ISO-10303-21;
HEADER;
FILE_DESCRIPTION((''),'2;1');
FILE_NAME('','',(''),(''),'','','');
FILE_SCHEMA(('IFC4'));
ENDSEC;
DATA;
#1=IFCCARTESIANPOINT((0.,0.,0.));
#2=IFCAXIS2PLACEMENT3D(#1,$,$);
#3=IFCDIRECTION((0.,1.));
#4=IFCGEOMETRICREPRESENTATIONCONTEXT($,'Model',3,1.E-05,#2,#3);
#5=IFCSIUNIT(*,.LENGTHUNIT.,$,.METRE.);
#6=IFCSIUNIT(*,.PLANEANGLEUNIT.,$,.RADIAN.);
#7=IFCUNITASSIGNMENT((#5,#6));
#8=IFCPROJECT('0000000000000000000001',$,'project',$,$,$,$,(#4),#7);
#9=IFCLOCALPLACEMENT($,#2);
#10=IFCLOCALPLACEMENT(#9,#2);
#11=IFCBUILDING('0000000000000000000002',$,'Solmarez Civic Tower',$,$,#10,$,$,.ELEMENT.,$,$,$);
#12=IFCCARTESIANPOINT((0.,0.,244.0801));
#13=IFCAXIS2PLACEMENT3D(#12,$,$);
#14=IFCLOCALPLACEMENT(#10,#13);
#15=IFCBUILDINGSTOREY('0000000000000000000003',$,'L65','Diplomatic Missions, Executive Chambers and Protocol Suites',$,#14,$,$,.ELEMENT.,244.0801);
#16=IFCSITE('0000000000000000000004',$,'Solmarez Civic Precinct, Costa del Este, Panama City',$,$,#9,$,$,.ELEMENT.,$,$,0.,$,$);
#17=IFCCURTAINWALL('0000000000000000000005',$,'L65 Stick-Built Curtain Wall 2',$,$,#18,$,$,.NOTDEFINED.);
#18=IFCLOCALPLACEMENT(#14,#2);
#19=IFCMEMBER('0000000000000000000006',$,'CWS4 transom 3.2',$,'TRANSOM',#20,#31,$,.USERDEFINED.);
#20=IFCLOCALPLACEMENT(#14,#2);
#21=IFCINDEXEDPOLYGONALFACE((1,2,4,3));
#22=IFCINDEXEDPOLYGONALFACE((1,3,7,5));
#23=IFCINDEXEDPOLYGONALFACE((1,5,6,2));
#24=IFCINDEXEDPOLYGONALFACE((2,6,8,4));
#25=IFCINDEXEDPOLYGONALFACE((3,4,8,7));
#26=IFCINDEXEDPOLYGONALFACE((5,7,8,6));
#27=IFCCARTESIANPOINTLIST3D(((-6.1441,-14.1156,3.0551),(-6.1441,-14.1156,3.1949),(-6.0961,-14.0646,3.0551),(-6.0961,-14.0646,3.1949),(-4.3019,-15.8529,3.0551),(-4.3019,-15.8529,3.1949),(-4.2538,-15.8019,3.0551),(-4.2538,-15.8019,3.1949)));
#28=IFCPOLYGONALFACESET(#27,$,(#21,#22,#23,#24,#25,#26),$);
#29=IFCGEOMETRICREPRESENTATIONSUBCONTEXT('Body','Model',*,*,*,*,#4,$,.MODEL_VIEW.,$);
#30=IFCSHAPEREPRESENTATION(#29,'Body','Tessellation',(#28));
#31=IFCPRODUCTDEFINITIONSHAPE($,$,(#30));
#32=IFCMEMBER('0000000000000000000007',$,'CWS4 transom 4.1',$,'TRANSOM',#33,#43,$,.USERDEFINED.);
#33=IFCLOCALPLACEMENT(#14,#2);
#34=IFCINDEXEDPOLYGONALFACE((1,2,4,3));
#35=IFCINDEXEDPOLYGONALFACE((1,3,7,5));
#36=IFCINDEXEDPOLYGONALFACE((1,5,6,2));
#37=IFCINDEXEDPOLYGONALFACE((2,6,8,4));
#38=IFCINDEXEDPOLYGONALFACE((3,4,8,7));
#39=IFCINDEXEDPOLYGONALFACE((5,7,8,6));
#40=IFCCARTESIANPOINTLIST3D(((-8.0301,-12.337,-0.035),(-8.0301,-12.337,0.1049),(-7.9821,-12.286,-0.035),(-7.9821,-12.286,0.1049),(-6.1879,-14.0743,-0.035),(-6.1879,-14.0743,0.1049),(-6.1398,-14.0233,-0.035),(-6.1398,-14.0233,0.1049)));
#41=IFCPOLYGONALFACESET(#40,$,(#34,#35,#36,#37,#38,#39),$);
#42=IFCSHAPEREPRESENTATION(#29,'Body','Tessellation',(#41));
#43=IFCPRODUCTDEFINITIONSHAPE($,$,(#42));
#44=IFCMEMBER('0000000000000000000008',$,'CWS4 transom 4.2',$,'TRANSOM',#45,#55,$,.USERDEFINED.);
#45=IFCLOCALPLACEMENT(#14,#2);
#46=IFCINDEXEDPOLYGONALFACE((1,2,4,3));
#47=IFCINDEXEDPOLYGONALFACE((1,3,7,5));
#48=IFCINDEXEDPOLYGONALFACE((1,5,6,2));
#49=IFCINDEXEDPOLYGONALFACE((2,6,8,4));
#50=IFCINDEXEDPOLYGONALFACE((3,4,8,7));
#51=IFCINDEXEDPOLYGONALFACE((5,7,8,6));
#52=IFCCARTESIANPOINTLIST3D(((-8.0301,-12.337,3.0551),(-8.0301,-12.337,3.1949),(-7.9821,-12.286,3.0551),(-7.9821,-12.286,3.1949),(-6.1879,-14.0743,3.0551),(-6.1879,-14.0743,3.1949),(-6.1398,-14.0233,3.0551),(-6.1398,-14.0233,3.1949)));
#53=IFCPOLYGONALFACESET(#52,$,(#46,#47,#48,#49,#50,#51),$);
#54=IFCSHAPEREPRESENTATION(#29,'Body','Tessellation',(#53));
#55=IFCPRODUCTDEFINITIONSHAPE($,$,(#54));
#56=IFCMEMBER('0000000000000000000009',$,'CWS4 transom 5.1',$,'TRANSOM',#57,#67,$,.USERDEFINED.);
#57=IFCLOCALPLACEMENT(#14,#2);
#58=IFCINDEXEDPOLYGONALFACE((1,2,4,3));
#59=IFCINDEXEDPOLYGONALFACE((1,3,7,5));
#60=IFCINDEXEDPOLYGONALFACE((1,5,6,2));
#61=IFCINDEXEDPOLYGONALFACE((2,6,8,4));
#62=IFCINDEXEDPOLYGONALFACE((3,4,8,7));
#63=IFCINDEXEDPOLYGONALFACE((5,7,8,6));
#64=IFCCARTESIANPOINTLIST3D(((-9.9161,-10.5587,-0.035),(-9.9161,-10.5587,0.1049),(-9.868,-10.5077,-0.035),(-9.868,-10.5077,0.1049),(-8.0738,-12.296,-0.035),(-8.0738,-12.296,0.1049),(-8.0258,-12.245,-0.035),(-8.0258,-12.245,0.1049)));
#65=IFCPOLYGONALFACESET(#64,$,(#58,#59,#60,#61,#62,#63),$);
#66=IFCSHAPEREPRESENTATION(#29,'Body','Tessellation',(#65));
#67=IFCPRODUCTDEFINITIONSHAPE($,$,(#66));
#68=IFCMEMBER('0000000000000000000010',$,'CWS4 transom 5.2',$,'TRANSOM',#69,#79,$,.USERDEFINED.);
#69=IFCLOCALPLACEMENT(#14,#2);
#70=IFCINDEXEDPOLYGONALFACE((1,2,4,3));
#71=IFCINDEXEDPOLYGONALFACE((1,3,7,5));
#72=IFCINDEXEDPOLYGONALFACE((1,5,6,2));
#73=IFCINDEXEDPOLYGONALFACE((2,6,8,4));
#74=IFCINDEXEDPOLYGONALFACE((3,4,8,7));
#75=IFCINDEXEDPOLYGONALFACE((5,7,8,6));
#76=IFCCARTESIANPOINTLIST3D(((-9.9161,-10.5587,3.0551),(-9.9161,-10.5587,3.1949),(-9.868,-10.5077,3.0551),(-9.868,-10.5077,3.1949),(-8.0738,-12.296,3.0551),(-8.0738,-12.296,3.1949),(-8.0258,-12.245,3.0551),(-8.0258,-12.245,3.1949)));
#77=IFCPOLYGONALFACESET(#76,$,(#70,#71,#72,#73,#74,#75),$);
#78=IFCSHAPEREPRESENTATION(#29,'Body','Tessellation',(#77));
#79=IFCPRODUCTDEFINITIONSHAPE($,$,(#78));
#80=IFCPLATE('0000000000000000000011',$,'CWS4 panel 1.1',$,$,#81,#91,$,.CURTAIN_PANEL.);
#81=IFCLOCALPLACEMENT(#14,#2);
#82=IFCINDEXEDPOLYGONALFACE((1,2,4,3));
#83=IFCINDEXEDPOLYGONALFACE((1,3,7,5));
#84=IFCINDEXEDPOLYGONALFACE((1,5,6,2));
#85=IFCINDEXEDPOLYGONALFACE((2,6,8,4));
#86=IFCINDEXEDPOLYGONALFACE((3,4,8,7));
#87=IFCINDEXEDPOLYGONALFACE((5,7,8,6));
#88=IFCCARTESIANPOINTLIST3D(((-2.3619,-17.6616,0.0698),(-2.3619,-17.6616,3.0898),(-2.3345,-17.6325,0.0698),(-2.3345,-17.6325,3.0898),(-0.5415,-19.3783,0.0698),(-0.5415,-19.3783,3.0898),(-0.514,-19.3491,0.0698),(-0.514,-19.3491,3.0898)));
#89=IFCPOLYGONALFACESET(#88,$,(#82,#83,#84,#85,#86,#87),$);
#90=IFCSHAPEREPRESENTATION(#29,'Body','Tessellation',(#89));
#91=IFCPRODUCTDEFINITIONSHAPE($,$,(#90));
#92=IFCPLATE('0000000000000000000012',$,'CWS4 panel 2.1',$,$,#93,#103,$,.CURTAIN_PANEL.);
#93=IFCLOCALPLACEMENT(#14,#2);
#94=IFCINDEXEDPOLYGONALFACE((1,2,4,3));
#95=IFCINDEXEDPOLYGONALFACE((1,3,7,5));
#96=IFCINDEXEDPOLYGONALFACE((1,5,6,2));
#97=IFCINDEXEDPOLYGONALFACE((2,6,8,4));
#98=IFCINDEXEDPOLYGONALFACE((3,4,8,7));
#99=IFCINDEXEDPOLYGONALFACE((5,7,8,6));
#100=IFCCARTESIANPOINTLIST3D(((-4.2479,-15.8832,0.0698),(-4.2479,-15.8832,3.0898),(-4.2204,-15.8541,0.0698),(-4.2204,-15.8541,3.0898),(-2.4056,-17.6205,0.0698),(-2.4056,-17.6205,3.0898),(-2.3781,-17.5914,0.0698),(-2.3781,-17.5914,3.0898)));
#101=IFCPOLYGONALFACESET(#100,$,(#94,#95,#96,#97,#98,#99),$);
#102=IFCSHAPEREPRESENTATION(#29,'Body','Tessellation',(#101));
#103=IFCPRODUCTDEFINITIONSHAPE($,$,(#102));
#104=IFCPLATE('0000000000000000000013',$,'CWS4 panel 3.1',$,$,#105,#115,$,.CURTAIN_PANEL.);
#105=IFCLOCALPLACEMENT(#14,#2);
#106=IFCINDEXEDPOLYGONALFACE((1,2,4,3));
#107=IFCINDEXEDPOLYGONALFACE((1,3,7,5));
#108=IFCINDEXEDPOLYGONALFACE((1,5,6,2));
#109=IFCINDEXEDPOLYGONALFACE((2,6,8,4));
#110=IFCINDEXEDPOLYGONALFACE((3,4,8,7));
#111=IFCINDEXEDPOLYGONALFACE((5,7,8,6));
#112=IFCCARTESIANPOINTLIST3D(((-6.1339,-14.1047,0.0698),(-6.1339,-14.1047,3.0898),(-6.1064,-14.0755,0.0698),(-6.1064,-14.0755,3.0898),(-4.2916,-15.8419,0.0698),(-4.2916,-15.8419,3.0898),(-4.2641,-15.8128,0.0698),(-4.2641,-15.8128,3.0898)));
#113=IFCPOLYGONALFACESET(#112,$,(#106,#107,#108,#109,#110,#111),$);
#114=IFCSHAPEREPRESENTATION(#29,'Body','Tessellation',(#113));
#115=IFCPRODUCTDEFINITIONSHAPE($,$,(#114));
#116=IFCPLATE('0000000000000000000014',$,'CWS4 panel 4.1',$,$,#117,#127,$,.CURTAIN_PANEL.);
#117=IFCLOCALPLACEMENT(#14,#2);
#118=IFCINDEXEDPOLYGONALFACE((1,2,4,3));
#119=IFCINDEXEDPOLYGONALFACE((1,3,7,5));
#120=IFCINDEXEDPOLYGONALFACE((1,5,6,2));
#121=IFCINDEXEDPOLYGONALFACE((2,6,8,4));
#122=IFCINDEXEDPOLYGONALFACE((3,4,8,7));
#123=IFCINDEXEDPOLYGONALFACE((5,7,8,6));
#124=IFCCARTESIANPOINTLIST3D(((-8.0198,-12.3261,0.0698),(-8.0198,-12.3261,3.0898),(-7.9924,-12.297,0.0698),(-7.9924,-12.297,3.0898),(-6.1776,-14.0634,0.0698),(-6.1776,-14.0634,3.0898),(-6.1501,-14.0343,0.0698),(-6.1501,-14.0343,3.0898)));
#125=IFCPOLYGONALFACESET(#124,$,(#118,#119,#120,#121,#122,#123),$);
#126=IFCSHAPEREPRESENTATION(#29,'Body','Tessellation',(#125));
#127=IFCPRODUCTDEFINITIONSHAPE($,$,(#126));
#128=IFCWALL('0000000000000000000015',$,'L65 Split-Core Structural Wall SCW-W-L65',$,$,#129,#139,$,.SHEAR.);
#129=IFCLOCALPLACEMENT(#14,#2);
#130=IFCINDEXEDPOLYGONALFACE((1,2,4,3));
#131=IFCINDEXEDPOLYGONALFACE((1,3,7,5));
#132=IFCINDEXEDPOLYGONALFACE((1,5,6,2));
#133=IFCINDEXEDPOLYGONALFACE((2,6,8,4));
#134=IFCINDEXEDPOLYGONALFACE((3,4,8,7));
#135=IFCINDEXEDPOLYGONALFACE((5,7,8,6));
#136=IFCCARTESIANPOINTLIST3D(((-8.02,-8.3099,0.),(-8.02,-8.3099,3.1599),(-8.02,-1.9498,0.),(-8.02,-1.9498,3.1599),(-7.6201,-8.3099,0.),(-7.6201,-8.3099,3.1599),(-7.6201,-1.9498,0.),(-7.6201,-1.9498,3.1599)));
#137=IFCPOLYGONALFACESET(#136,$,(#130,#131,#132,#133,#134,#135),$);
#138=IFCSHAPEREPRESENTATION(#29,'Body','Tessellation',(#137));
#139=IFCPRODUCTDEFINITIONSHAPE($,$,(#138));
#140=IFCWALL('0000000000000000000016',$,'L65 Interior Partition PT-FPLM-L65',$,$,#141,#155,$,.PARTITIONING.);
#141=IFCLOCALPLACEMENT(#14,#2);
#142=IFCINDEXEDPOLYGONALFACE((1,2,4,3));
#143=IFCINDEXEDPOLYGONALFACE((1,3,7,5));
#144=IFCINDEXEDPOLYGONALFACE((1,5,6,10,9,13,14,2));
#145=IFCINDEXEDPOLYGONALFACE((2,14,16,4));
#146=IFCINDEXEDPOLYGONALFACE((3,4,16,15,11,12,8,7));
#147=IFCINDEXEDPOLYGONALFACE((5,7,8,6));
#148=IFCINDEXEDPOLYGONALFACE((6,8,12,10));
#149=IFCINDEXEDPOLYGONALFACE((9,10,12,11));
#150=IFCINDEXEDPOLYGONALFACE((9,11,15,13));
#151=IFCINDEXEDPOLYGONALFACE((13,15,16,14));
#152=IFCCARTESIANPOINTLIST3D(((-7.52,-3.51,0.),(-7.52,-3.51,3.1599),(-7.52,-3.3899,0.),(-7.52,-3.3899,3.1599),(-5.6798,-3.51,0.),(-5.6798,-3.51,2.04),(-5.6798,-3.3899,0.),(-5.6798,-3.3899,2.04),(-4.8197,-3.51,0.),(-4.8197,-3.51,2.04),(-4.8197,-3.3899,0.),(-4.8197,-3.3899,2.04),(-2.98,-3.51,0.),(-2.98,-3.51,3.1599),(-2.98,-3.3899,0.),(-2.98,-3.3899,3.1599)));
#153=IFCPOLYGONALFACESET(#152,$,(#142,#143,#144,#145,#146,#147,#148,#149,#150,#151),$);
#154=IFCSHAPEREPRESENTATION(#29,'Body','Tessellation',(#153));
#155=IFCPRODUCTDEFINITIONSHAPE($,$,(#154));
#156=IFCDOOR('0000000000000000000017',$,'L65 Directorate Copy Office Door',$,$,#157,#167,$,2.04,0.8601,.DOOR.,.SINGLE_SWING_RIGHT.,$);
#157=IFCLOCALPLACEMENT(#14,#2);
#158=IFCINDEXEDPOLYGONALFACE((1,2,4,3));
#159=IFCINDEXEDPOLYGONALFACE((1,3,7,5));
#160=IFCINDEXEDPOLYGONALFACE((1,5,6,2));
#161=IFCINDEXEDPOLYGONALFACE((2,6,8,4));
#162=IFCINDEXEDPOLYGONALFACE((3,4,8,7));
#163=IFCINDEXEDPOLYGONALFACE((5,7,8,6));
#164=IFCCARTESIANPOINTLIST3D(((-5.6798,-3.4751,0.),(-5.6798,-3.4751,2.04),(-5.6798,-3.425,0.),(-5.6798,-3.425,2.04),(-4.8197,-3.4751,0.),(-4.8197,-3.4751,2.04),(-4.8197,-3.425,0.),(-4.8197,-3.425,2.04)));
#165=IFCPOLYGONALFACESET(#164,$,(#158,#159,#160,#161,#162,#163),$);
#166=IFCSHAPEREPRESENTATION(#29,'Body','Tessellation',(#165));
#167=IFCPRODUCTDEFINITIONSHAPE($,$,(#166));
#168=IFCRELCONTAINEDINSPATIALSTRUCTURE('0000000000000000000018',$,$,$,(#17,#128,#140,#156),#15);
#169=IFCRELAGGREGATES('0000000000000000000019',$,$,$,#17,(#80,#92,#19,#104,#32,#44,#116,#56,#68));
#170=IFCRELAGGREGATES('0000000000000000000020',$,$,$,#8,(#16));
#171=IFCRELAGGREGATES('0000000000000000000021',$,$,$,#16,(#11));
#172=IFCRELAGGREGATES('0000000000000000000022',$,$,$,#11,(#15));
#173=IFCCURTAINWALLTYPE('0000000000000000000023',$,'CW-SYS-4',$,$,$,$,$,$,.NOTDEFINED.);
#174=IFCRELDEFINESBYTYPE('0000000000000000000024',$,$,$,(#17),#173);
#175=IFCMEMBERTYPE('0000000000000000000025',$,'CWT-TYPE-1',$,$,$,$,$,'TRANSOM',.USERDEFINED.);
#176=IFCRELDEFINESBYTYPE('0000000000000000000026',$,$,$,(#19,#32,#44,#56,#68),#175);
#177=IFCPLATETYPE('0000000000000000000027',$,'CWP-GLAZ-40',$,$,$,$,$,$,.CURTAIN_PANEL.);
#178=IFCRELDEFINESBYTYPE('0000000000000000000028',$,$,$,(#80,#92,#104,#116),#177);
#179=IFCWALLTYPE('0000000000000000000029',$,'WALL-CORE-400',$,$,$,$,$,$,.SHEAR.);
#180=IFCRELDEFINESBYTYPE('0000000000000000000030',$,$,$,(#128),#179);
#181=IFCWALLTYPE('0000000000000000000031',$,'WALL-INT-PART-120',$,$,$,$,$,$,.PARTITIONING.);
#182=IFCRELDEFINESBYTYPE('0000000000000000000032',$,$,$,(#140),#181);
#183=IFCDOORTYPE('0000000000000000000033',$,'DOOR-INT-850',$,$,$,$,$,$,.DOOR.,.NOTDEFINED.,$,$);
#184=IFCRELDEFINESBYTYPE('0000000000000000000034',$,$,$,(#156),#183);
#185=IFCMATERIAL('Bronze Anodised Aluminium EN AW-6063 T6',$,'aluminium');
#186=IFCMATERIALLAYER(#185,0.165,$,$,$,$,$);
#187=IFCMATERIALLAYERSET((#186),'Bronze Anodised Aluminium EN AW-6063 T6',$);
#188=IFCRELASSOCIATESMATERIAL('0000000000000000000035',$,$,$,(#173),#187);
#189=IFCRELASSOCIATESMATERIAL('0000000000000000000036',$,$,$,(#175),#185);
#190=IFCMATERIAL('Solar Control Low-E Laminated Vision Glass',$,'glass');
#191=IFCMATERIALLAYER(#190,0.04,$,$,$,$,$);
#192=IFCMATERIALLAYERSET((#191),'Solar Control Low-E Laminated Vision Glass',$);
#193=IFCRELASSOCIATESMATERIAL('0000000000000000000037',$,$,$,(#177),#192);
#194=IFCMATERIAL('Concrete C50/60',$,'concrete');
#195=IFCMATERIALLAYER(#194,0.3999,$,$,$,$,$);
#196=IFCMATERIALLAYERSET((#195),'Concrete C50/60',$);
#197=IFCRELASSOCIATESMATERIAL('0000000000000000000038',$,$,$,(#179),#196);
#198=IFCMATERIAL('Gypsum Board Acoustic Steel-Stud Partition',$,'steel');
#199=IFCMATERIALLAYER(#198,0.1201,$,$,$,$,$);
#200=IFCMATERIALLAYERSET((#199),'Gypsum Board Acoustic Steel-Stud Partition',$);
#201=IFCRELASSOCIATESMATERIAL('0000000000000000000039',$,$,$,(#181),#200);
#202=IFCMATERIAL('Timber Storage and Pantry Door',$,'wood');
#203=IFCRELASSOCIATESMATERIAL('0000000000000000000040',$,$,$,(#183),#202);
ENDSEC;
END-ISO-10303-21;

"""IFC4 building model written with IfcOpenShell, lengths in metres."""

from ifc_helpers import new_model, si_unit, direction, frame, frame_2d, origin, origin_2d, place, context, subcontext, project, spatial, rectangle, extrude, material, layer, layer_set, material_profile, profile_set, type_object, element, fill, aggregate, save


model = new_model("IFC4")

# Units and contexts
model_context = context("Model", 3, precision=1e-05, world=origin(), true_north=direction((0.0, 1.0)))
body_context = subcontext(model_context, "Body", "Model", "MODEL_VIEW")
ifc_project = project(units=[si_unit("LENGTHUNIT", "METRE"), si_unit("PLANEANGLEUNIT", "RADIAN")], contexts=[model_context])

# Site, building, storey
site_placement = place(None, origin())
site = spatial("IfcSite", under=ifc_project, at=site_placement, Name="Solmarez Civic Precinct, Costa del Este, Panama City", CompositionType="ELEMENT", RefElevation=0.0)
building_placement = place(site_placement, origin())
building = spatial("IfcBuilding", under=site, at=building_placement, Name="Solmarez Civic Tower", CompositionType="ELEMENT")
storey_placement = place(building_placement, frame((0.0, 0.0, 244.0801)))
storey = spatial("IfcBuildingStorey", under=building, at=storey_placement, Name="L65", Description="Diplomatic Missions, Executive Chambers and Protocol Suites", CompositionType="ELEMENT", Elevation=244.0801)

# Shared definitions
ifc_material_1 = material(Name="Concrete C50/60", Category="concrete")

# Curtain wall, members, plates
ifc_material_2 = material(Name="Bronze Anodised Aluminium EN AW-6063 T6", Category="aluminium")
ifc_layer_1 = layer(ifc_material_2, 0.165)
ifc_layer_set_1 = layer_set([ifc_layer_1], Name="Bronze Anodised Aluminium EN AW-6063 T6")
curtain_wall_type = type_object("IfcCurtainWallType", Name="CW-SYS-4", PredefinedType="NOTDEFINED", material=ifc_layer_set_1)
curtain_wall_placement = place(storey_placement, origin())
curtain_wall = element("IfcCurtainWall", 1, at=curtain_wall_placement, inside=storey, type_object=curtain_wall_type, Name="L65 Stick-Built Curtain Wall 2", PredefinedType="NOTDEFINED")
ifc_material_profile_1 = material_profile(ifc_material_2, rectangle(XDim=0.0701, YDim=0.1399, at=origin_2d()), Name="CWT-70X140")
ifc_profile_set_1 = profile_set([ifc_material_profile_1], Name="Bronze Anodised Aluminium EN AW-6063 T6")
member_type_1 = type_object("IfcMemberType", Name="CWT-TYPE-1", ElementType="TRANSOM", PredefinedType="USERDEFINED", material=ifc_profile_set_1)
member_1_placement = place(storey_placement, frame((-4.2778, -15.8274, 3.125), z_axis=(-0.727532, 0.686074, 0.0), x_axis=(-0.686074, -0.727532, 0.0)))
member_1 = element("IfcMember", 2, at=member_1_placement, type_object=member_type_1, Name="CWS4 transom 3.2", ObjectType="TRANSOM", PredefinedType="USERDEFINED", context=body_context, shape_type="SweptSolid", body=[
    extrude(rectangle(XDim=0.0701, YDim=0.1399, at=origin_2d()), origin(), (0.0, 0.0, 1.0), 2.5322),
])
member_2_placement = place(storey_placement, frame((-6.1638, -14.0488, 0.0349), z_axis=(-0.727532, 0.686074, 0.0), x_axis=(-0.686074, -0.727532, 0.0)))
member_2 = element("IfcMember", 3, at=member_2_placement, type_object=member_type_1, Name="CWS4 transom 4.1", ObjectType="TRANSOM", PredefinedType="USERDEFINED", context=body_context, shape_type="SweptSolid", body=[
    extrude(rectangle(XDim=0.0701, YDim=0.1399, at=origin_2d()), origin(), (0.0, 0.0, 1.0), 2.5322),
])
member_3_placement = place(storey_placement, frame((-6.1638, -14.0488, 3.125), z_axis=(-0.727532, 0.686074, 0.0), x_axis=(-0.686074, -0.727532, 0.0)))
member_3 = element("IfcMember", 4, at=member_3_placement, type_object=member_type_1, Name="CWS4 transom 4.2", ObjectType="TRANSOM", PredefinedType="USERDEFINED", context=body_context, shape_type="SweptSolid", body=[
    extrude(rectangle(XDim=0.0701, YDim=0.1399, at=origin_2d()), origin(), (0.0, 0.0, 1.0), 2.5322),
])
member_4_placement = place(storey_placement, frame((-8.0498, -12.2705, 0.0349), z_axis=(-0.727532, 0.686074, 0.0), x_axis=(-0.686074, -0.727532, 0.0)))
member_4 = element("IfcMember", 5, at=member_4_placement, type_object=member_type_1, Name="CWS4 transom 5.1", ObjectType="TRANSOM", PredefinedType="USERDEFINED", context=body_context, shape_type="SweptSolid", body=[
    extrude(rectangle(XDim=0.0701, YDim=0.1399, at=origin_2d()), origin(), (0.0, 0.0, 1.0), 2.5322),
])
member_5_placement = place(storey_placement, frame((-8.0498, -12.2705, 3.125), z_axis=(-0.727532, 0.686074, 0.0), x_axis=(-0.686074, -0.727532, 0.0)))
member_5 = element("IfcMember", 6, at=member_5_placement, type_object=member_type_1, Name="CWS4 transom 5.2", ObjectType="TRANSOM", PredefinedType="USERDEFINED", context=body_context, shape_type="SweptSolid", body=[
    extrude(rectangle(XDim=0.0701, YDim=0.1399, at=origin_2d()), origin(), (0.0, 0.0, 1.0), 2.5322),
])
ifc_material_3 = material(Name="Solar Control Low-E Laminated Vision Glass", Category="glass")
ifc_layer_2 = layer(ifc_material_3, 0.04)
ifc_layer_set_2 = layer_set([ifc_layer_2], Name="Solar Control Low-E Laminated Vision Glass")
plate_type = type_object("IfcPlateType", Name="CWP-GLAZ-40", PredefinedType="CURTAIN_PANEL", material=ifc_layer_set_2)
plate_1_placement = place(storey_placement, frame((-1.438, -18.5054, 0.0698), z_axis=(0.0, 0.0, 1.0), x_axis=(-0.727537, 0.686068, 0.0)))
plate_1 = element("IfcPlate", 7, at=plate_1_placement, type_object=plate_type, Name="CWS4 panel 1.1", PredefinedType="CURTAIN_PANEL", context=body_context, shape_type="SweptSolid", body=[
    extrude(rectangle(XDim=2.5022, YDim=0.04, at=origin_2d()), origin(), (0.0, 0.0, 1.0), 3.02),
])
plate_2_placement = place(storey_placement, frame((-3.313, -16.7373, 0.0698), z_axis=(0.0, 0.0, 1.0), x_axis=(-0.727537, 0.686068, 0.0)))
plate_2 = element("IfcPlate", 8, at=plate_2_placement, type_object=plate_type, Name="CWS4 panel 2.1", PredefinedType="CURTAIN_PANEL", context=body_context, shape_type="SweptSolid", body=[
    extrude(rectangle(XDim=2.5322, YDim=0.04, at=origin_2d()), origin(), (0.0, 0.0, 1.0), 3.02),
])
plate_3_placement = place(storey_placement, frame((-5.199, -14.9587, 0.0698), z_axis=(0.0, 0.0, 1.0), x_axis=(-0.727537, 0.686068, 0.0)))
plate_3 = element("IfcPlate", 9, at=plate_3_placement, type_object=plate_type, Name="CWS4 panel 3.1", PredefinedType="CURTAIN_PANEL", context=body_context, shape_type="SweptSolid", body=[
    extrude(rectangle(XDim=2.5322, YDim=0.04, at=origin_2d()), origin(), (0.0, 0.0, 1.0), 3.02),
])
plate_4_placement = place(storey_placement, frame((-7.085, -13.1802, 0.0698), z_axis=(0.0, 0.0, 1.0), x_axis=(-0.727537, 0.686068, 0.0)))
plate_4 = element("IfcPlate", 10, at=plate_4_placement, type_object=plate_type, Name="CWS4 panel 4.1", PredefinedType="CURTAIN_PANEL", context=body_context, shape_type="SweptSolid", body=[
    extrude(rectangle(XDim=2.5322, YDim=0.04, at=origin_2d()), origin(), (0.0, 0.0, 1.0), 3.02),
])
aggregate(curtain_wall, [plate_1, plate_2, member_1, plate_3, member_2, member_3, plate_4, member_4, member_5])

# Wall
ifc_layer_3 = layer(ifc_material_1, 0.3999)
ifc_layer_set_3 = layer_set([ifc_layer_3], Name="Concrete C50/60")
wall_type_1 = type_object("IfcWallType", Name="WALL-CORE-400", PredefinedType="SHEAR", material=ifc_layer_set_3)
wall_1_placement = place(storey_placement, frame((-7.8201, -8.3101, 0.0), z_axis=(0.0, 0.0, 1.0), x_axis=(0.0, 1.0, 0.0)))
element("IfcWall", 11, at=wall_1_placement, inside=storey, type_object=wall_type_1, Name="L65 Split-Core Structural Wall SCW-W-L65", PredefinedType="SHEAR", context=body_context, shape_type="SweptSolid", body=[
    extrude(rectangle(XDim=6.3601, YDim=0.3999, at=frame_2d((3.1802, 0.0))), origin(), (0.0, 0.0, 1.0), 3.1599),
])

# Wall, opening, door
ifc_material_4 = material(Name="Gypsum Board Acoustic Steel-Stud Partition", Category="steel")
ifc_layer_4 = layer(ifc_material_4, 0.1201)
ifc_layer_set_4 = layer_set([ifc_layer_4], Name="Gypsum Board Acoustic Steel-Stud Partition")
wall_type_2 = type_object("IfcWallType", Name="WALL-INT-PART-120", PredefinedType="PARTITIONING", material=ifc_layer_set_4)
wall_2_placement = place(storey_placement, frame((-7.52, -3.45, 0.0), z_axis=(0.0, 0.0, 1.0), x_axis=(1.0, 0.0, 0.0)))
wall_2 = element("IfcWall", 12, at=wall_2_placement, inside=storey, type_object=wall_type_2, Name="L65 Interior Partition PT-FPLM-L65", PredefinedType="PARTITIONING", context=body_context, shape_type="SweptSolid", body=[
    extrude(rectangle(XDim=4.54, YDim=0.1201, at=frame_2d((2.27, 0.0))), origin(), (0.0, 0.0, 1.0), 3.1599),
])
opening_1_placement = place(wall_2_placement, frame((1.8401, 0.0, 0.0)))
opening_1 = element("IfcOpeningElement", 13, at=opening_1_placement, cuts=wall_2, PredefinedType="OPENING", context=body_context, shape_type="SweptSolid", body=[
    extrude(rectangle(XDim=0.8601, YDim=2.04, at=frame_2d((0.4302, 1.02))), frame((0.0, 0.0701, 0.0), z_axis=(0.0, -1.0, 0.0), x_axis=(1.0, 0.0, 0.0)), (0.0, 0.0, 1.0), 0.1401),
])
ifc_material_5 = material(Name="Timber Storage and Pantry Door", Category="wood")
door_type_1 = type_object("IfcDoorType", Name="DOOR-INT-850", OperationType="NOTDEFINED", PredefinedType="DOOR", material=ifc_material_5)
door_1_placement = place(opening_1_placement, origin())
door_1 = element("IfcDoor", 14, at=door_1_placement, inside=storey, type_object=door_type_1, Name="L65 Directorate Copy Office Door", OperationType="SINGLE_SWING_RIGHT", OverallHeight=2.04, OverallWidth=0.8601, PredefinedType="DOOR", context=body_context, shape_type="SweptSolid", body=[
    extrude(rectangle(XDim=0.8601, YDim=2.04, at=frame_2d((0.4302, 1.02))), frame((0.0, 0.0249, 0.0), z_axis=(0.0, -1.0, 0.0), x_axis=(1.0, 0.0, 0.0)), (0.0, 0.0, 1.0), 0.05),
])
fill(opening_1, door_1)

save(model, "model.ifc")
